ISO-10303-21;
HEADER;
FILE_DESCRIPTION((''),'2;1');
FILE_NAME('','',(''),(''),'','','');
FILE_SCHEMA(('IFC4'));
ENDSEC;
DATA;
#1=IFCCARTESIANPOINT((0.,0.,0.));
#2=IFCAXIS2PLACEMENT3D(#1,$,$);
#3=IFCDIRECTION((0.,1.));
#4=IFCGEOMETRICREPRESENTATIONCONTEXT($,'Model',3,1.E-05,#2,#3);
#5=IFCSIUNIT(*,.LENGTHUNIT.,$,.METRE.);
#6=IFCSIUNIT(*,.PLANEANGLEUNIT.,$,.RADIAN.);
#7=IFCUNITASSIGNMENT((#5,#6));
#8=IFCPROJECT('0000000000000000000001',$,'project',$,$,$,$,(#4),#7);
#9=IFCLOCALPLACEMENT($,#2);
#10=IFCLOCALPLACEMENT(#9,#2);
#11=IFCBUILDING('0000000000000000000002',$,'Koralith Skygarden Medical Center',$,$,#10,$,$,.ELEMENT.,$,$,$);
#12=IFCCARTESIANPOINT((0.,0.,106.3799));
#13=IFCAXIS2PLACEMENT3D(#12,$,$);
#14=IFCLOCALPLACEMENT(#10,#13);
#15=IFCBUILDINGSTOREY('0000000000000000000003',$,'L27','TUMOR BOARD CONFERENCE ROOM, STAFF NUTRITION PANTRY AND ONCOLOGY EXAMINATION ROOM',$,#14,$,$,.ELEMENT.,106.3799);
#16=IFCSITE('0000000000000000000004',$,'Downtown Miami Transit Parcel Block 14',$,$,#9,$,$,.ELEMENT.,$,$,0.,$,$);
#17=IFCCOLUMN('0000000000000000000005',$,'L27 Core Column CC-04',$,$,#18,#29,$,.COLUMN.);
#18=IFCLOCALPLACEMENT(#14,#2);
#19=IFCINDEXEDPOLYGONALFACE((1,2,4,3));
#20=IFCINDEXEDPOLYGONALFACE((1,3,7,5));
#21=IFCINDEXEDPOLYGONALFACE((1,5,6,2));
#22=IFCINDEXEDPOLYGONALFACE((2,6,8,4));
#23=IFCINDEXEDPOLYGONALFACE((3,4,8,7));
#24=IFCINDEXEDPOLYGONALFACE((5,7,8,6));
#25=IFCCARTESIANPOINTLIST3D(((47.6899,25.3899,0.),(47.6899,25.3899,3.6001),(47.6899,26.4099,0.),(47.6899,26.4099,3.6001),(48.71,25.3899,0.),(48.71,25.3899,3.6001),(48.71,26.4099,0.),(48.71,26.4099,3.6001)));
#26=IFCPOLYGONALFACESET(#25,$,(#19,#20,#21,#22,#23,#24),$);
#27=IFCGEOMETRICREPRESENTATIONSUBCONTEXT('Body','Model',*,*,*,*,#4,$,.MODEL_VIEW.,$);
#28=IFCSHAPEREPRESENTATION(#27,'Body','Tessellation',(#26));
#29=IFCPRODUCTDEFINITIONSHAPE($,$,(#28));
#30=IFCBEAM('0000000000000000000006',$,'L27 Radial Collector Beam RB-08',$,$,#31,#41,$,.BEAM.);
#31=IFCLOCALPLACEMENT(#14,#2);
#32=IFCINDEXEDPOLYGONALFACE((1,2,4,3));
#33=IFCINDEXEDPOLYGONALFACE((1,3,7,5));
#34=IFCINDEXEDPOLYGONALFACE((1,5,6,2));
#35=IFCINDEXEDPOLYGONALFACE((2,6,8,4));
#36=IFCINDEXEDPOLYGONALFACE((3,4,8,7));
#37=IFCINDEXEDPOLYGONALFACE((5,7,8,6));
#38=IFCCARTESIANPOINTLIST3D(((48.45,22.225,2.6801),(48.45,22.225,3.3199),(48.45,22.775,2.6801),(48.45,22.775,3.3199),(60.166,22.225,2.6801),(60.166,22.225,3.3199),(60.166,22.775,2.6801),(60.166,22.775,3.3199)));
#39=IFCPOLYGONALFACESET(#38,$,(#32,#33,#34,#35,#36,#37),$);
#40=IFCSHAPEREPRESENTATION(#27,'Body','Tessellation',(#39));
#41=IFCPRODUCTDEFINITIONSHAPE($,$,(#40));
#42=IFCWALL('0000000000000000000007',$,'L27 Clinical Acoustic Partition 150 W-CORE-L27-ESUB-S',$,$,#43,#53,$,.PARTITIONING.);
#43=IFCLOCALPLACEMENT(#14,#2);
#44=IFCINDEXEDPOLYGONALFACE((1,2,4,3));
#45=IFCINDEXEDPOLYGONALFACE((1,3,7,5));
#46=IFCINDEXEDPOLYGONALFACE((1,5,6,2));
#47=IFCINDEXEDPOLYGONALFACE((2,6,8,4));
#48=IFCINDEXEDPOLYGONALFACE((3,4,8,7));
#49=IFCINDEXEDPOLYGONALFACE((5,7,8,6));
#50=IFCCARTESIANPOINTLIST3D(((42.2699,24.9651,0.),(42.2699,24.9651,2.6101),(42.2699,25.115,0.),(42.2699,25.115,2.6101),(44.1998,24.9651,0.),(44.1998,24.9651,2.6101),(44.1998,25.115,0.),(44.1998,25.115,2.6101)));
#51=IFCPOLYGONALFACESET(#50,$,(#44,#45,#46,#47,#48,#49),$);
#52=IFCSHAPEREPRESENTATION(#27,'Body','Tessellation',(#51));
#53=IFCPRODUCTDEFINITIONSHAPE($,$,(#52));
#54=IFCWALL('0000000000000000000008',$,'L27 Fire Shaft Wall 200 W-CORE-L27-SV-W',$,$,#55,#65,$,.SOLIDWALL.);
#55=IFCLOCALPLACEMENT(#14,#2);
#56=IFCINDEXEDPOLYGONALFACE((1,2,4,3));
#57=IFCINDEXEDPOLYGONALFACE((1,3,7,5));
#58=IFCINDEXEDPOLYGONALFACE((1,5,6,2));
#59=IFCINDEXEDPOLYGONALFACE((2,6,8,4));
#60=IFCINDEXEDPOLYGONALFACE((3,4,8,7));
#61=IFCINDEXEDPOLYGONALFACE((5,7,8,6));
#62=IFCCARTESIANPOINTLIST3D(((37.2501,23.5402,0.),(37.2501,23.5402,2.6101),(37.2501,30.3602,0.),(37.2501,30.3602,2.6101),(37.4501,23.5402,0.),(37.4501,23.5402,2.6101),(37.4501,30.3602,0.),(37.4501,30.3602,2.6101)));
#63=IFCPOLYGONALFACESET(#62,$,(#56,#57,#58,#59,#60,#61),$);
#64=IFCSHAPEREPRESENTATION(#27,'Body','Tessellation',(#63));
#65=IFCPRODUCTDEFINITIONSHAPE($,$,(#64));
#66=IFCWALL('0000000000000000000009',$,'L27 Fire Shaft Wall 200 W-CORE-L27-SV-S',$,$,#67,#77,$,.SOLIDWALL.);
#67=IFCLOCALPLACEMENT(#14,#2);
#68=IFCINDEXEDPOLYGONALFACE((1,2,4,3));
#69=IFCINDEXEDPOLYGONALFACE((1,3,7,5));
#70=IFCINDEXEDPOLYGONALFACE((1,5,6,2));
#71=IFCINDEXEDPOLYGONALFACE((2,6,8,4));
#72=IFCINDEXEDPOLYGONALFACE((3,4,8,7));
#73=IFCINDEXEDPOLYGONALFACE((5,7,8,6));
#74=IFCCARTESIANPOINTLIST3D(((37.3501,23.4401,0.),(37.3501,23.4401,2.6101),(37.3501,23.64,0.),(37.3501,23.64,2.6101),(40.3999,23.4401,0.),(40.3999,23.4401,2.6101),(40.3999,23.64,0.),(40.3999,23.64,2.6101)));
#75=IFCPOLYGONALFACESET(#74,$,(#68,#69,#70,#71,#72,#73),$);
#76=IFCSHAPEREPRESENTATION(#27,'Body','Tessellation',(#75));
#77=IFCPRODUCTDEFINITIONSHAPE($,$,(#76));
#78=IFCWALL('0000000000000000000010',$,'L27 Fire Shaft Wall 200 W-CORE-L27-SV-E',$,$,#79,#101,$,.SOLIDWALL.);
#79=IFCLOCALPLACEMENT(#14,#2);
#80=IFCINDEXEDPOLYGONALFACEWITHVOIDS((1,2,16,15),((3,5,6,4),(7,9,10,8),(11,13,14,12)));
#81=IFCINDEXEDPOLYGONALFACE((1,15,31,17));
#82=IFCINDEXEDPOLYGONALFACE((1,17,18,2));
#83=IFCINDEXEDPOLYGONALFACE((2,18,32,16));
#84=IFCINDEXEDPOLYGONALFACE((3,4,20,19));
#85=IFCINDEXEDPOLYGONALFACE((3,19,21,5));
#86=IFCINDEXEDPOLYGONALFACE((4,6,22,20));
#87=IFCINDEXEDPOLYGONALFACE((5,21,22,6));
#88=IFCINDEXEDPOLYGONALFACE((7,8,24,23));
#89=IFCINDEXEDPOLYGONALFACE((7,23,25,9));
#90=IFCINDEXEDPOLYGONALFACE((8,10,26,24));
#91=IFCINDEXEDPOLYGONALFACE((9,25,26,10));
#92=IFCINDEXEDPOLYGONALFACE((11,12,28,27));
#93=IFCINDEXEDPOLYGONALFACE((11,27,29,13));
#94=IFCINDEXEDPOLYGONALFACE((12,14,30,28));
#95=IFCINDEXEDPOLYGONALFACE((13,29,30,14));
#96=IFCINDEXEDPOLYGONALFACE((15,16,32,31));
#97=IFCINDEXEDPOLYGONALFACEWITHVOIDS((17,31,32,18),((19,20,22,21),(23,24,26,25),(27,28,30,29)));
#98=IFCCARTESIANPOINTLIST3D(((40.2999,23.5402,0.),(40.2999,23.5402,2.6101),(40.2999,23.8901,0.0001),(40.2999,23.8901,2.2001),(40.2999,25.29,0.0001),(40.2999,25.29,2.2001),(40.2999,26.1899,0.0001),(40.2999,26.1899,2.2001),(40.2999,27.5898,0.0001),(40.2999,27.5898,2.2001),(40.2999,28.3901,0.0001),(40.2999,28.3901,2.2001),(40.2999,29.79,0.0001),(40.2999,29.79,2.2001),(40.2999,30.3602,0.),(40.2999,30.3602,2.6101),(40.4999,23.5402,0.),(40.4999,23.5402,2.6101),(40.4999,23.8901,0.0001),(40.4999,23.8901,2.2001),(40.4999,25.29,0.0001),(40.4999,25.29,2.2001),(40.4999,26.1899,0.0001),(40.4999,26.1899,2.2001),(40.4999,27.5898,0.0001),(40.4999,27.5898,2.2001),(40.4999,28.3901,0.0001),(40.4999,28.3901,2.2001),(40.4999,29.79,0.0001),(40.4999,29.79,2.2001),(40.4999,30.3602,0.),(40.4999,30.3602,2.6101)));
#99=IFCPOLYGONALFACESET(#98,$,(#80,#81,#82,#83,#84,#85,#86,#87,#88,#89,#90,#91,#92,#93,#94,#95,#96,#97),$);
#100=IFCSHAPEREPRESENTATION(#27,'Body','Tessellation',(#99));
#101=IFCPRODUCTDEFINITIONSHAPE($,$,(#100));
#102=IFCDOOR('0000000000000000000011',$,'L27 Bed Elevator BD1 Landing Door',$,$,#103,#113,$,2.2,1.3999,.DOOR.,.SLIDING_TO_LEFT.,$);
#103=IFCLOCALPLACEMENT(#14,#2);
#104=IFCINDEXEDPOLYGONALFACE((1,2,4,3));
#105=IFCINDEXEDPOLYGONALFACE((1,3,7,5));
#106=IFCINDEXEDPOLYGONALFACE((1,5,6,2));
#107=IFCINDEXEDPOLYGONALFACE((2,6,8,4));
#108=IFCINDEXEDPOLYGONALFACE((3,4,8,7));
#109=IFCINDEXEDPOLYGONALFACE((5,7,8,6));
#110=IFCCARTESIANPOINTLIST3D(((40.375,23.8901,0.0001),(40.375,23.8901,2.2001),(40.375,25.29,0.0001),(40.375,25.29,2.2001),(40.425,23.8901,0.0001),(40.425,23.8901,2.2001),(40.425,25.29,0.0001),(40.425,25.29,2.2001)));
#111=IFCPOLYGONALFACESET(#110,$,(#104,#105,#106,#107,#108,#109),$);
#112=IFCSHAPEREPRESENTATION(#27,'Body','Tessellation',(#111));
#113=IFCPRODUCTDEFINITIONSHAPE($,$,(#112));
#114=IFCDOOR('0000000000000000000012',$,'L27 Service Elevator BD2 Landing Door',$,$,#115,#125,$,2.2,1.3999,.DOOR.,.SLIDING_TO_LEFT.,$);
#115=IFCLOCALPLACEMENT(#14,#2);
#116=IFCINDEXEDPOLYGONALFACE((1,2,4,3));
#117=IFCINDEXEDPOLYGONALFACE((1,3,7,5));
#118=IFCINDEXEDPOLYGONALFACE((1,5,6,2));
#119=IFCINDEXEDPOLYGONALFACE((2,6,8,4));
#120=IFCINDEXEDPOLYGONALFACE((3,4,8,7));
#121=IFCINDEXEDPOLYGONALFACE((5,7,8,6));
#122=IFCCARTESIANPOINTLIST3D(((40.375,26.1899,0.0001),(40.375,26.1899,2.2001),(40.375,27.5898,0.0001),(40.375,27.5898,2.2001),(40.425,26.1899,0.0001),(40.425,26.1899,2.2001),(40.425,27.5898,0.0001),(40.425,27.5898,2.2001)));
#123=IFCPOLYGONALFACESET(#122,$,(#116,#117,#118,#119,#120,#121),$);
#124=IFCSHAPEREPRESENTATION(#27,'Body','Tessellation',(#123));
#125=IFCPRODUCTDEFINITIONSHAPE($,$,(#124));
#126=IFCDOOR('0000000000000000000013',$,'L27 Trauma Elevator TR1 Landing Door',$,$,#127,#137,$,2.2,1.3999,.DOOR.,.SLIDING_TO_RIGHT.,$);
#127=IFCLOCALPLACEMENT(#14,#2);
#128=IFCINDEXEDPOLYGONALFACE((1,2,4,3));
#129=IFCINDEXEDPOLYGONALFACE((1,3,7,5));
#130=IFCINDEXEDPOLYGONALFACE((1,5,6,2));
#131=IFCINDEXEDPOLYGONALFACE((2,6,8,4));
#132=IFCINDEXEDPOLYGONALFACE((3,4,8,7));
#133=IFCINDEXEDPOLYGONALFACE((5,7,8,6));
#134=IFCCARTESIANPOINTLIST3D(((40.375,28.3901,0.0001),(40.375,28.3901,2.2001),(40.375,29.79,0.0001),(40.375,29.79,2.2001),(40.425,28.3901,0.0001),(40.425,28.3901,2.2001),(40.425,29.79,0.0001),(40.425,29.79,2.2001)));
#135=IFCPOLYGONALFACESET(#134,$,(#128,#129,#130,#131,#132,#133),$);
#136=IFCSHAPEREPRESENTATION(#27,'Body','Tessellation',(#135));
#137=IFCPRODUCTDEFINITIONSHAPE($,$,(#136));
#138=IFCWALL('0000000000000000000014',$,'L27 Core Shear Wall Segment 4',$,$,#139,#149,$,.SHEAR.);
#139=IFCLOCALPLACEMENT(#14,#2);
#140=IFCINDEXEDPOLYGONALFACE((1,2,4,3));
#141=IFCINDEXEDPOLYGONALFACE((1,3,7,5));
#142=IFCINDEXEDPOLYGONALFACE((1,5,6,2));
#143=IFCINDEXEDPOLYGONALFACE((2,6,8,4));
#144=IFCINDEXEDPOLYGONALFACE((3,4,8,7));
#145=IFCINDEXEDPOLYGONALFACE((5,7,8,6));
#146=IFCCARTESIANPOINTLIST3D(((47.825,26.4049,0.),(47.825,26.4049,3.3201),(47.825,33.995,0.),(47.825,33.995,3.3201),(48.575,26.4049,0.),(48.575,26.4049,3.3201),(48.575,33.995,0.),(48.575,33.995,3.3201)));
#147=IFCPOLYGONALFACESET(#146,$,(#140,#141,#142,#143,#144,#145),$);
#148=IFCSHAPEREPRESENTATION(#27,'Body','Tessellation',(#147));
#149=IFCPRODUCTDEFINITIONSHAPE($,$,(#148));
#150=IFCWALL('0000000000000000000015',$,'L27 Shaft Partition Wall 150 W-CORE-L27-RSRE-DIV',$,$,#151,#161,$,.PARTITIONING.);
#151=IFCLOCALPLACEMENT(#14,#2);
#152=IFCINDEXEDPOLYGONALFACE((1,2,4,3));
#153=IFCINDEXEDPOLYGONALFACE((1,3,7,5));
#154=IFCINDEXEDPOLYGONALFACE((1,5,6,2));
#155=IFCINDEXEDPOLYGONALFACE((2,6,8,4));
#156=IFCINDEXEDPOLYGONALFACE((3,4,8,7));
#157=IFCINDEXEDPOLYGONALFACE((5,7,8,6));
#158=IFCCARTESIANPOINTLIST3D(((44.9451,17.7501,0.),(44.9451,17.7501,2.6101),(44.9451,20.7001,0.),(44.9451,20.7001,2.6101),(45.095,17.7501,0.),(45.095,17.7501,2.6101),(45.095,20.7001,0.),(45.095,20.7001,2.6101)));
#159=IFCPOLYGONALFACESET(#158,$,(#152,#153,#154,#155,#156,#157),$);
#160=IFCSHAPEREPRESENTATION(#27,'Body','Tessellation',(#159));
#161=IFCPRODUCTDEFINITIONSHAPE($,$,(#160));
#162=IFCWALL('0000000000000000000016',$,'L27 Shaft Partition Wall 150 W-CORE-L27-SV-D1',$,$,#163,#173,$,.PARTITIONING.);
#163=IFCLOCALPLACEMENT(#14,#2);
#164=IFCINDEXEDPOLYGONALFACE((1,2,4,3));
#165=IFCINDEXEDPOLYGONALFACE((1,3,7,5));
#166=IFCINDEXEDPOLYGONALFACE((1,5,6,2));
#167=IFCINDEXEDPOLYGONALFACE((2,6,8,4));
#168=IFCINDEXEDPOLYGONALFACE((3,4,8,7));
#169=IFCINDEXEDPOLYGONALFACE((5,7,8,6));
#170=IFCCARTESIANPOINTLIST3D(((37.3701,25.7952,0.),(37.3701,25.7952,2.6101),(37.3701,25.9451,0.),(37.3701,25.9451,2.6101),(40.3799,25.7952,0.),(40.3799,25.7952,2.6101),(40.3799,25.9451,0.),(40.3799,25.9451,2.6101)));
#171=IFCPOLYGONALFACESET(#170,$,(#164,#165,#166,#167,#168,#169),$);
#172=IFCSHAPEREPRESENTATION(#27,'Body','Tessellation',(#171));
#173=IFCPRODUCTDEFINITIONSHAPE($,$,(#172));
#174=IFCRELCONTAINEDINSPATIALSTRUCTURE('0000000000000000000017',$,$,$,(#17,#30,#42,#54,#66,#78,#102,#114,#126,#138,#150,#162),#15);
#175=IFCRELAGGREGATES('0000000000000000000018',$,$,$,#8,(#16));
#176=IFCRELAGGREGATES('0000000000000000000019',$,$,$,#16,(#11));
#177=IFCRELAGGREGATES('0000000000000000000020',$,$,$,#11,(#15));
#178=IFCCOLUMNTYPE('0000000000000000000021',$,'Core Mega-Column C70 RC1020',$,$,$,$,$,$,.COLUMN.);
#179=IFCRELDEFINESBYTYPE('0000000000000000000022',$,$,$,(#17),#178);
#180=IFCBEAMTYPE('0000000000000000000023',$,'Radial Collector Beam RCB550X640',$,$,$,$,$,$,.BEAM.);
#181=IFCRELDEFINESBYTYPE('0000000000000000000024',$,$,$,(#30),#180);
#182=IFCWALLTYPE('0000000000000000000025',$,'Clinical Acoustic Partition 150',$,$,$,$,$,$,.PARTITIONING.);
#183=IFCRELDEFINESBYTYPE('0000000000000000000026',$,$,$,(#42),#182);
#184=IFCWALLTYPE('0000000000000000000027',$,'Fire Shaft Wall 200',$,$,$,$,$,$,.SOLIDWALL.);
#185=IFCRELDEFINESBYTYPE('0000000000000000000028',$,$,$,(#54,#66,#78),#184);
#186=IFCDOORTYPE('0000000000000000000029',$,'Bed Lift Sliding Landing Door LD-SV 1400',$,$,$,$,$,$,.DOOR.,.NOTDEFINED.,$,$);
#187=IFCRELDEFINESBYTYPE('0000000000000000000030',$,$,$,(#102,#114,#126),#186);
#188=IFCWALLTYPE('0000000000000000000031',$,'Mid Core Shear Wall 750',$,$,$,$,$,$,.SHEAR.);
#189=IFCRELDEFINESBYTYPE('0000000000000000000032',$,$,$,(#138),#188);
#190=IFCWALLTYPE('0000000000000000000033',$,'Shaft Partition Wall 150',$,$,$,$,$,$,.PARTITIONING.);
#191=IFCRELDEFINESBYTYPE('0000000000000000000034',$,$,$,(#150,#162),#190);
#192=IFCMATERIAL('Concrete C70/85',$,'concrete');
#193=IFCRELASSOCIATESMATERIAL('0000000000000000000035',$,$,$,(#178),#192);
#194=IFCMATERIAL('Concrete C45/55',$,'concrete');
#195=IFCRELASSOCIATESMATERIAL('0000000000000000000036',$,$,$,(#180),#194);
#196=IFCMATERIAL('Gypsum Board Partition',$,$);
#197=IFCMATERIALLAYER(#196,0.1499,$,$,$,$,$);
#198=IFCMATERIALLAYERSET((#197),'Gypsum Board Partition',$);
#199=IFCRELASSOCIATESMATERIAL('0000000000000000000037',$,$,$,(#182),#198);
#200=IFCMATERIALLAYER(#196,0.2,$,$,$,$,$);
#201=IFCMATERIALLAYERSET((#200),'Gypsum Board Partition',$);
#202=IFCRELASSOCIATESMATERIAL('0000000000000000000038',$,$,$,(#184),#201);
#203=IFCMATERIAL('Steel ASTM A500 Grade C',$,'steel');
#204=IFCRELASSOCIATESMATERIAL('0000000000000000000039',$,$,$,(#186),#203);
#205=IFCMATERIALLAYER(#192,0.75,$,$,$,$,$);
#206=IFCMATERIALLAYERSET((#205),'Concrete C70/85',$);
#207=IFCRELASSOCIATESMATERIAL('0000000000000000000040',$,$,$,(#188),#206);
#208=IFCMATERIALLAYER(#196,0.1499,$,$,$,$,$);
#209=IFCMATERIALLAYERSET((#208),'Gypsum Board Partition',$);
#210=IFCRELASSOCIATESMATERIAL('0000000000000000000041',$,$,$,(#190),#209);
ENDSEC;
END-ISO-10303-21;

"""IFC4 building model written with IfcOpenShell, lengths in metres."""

from ifc_helpers import new_model, si_unit, direction, frame, frame_2d, origin, origin_2d, place, context, subcontext, project, spatial, rectangle, extrude, material, layer, layer_set, material_profile, profile_set, type_object, element, fill, save


model = new_model("IFC4")

# Units and contexts
model_context = context("Model", 3, precision=1e-05, world=origin(), true_north=direction((0.0, 1.0)))
body_context = subcontext(model_context, "Body", "Model", "MODEL_VIEW")
ifc_project = project(units=[si_unit("LENGTHUNIT", "METRE"), si_unit("PLANEANGLEUNIT", "RADIAN")], contexts=[model_context])

# Site, building, storey
site_placement = place(None, origin())
site = spatial("IfcSite", under=ifc_project, at=site_placement, Name="Downtown Miami Transit Parcel Block 14", CompositionType="ELEMENT", RefElevation=0.0)
building_placement = place(site_placement, origin())
building = spatial("IfcBuilding", under=site, at=building_placement, Name="Koralith Skygarden Medical Center", CompositionType="ELEMENT")
storey_placement = place(building_placement, frame((0.0, 0.0, 106.3799)))
storey = spatial("IfcBuildingStorey", under=building, at=storey_placement, Name="L27", Description="TUMOR BOARD CONFERENCE ROOM, STAFF NUTRITION PANTRY AND ONCOLOGY EXAMINATION ROOM", CompositionType="ELEMENT", Elevation=106.3799)

# Column
ifc_material_1 = material(Name="Concrete C70/85", Category="concrete")
ifc_material_profile_1 = material_profile(ifc_material_1, rectangle(XDim=1.02, YDim=1.02, at=origin_2d()), Name="RC1020X1020")
ifc_profile_set_1 = profile_set([ifc_material_profile_1], Name="Concrete C70/85")
column_type = type_object("IfcColumnType", Name="Core Mega-Column C70 RC1020", PredefinedType="COLUMN", material=ifc_profile_set_1)
column_placement = place(storey_placement, frame((48.2, 25.8999, 0.0), z_axis=(0.0, 0.0, 1.0), x_axis=(1.0, 0.0, 0.0)))
element("IfcColumn", 1, at=column_placement, inside=storey, type_object=column_type, Name="L27 Core Column CC-04", PredefinedType="COLUMN", context=body_context, shape_type="SweptSolid", body=[
    extrude(rectangle(XDim=1.02, YDim=1.02, at=origin_2d()), origin(), (0.0, 0.0, 1.0), 3.6001),
])

# Beam
ifc_material_2 = material(Name="Concrete C45/55", Category="concrete")
ifc_material_profile_2 = material_profile(ifc_material_2, rectangle(XDim=0.55, YDim=0.6399, at=origin_2d()), Name="RCB550X640")
ifc_profile_set_2 = profile_set([ifc_material_profile_2], Name="Concrete C45/55")
beam_type = type_object("IfcBeamType", Name="Radial Collector Beam RCB550X640", PredefinedType="BEAM", material=ifc_profile_set_2)
beam_placement = place(storey_placement, frame((48.45, 22.5, 3.0), z_axis=(1.0, 0.0, 0.0), x_axis=(0.0, 1.0, 0.0)))
element("IfcBeam", 2, at=beam_placement, inside=storey, type_object=beam_type, Name="L27 Radial Collector Beam RB-08", PredefinedType="BEAM", context=body_context, shape_type="SweptSolid", body=[
    extrude(rectangle(XDim=0.55, YDim=0.6399, at=origin_2d()), origin(), (0.0, 0.0, 1.0), 11.7161),
])

# Shared definitions
ifc_material_3 = material(Name="Gypsum Board Partition")
ifc_layer_1 = layer(ifc_material_3, 0.1499)
ifc_layer_set_1 = layer_set([ifc_layer_1], Name="Gypsum Board Partition")
wall_type_1 = type_object("IfcWallType", Name="Clinical Acoustic Partition 150", PredefinedType="PARTITIONING", material=ifc_layer_set_1)

# Wall
wall_1_placement = place(storey_placement, frame((42.27, 25.04, 0.0), z_axis=(0.0, 0.0, 1.0), x_axis=(1.0, 0.0, 0.0)))
element("IfcWall", 3, at=wall_1_placement, inside=storey, type_object=wall_type_1, Name="L27 Clinical Acoustic Partition 150 W-CORE-L27-ESUB-S", PredefinedType="PARTITIONING", context=body_context, shape_type="SweptSolid", body=[
    extrude(rectangle(XDim=1.9299, YDim=0.1499, at=frame_2d((0.9648, 0.0))), origin(), (0.0, 0.0, 1.0), 2.6101),
])

# Shared definitions
ifc_layer_2 = layer(ifc_material_3, 0.2)
ifc_layer_set_2 = layer_set([ifc_layer_2], Name="Gypsum Board Partition")
wall_type_2 = type_object("IfcWallType", Name="Fire Shaft Wall 200", PredefinedType="SOLIDWALL", material=ifc_layer_set_2)
ifc_material_4 = material(Name="Steel ASTM A500 Grade C", Category="steel")

# Walls
wall_2_placement = place(storey_placement, frame((37.3501, 23.54, 0.0), z_axis=(0.0, 0.0, 1.0), x_axis=(0.0, 1.0, 0.0)))
element("IfcWall", 4, at=wall_2_placement, inside=storey, type_object=wall_type_2, Name="L27 Fire Shaft Wall 200 W-CORE-L27-SV-W", PredefinedType="SOLIDWALL", context=body_context, shape_type="SweptSolid", body=[
    extrude(rectangle(XDim=6.8201, YDim=0.2, at=frame_2d((3.4102, 0.0))), origin(), (0.0, 0.0, 1.0), 2.6101),
])
wall_3_placement = place(storey_placement, frame((37.3501, 23.54, 0.0), z_axis=(0.0, 0.0, 1.0), x_axis=(1.0, 0.0, 0.0)))
element("IfcWall", 5, at=wall_3_placement, inside=storey, type_object=wall_type_2, Name="L27 Fire Shaft Wall 200 W-CORE-L27-SV-S", PredefinedType="SOLIDWALL", context=body_context, shape_type="SweptSolid", body=[
    extrude(rectangle(XDim=3.0498, YDim=0.2, at=frame_2d((1.5249, 0.0))), origin(), (0.0, 0.0, 1.0), 2.6101),
])

# Wall, openings, doors
wall_4_placement = place(storey_placement, frame((40.3999, 23.54, 0.0), z_axis=(0.0, 0.0, 1.0), x_axis=(0.0, 1.0, 0.0)))
wall_4 = element("IfcWall", 6, at=wall_4_placement, inside=storey, type_object=wall_type_2, Name="L27 Fire Shaft Wall 200 W-CORE-L27-SV-E", PredefinedType="SOLIDWALL", context=body_context, shape_type="SweptSolid", body=[
    extrude(rectangle(XDim=6.8201, YDim=0.2, at=frame_2d((3.4102, 0.0))), origin(), (0.0, 0.0, 1.0), 2.6101),
])
opening_1_placement = place(wall_4_placement, frame((0.3501, 0.0, 0.0)))
opening_1 = element("IfcOpeningElement", 7, at=opening_1_placement, cuts=wall_4, PredefinedType="OPENING", context=body_context, shape_type="SweptSolid", body=[
    extrude(rectangle(XDim=1.3999, YDim=2.2, at=frame_2d((0.7, 1.1001))), frame((0.0, 0.1099, 0.0), z_axis=(0.0, -1.0, 0.0), x_axis=(1.0, 0.0, 0.0)), (0.0, 0.0, 1.0), 0.22),
])
opening_2_placement = place(wall_4_placement, frame((2.6499, 0.0, 0.0)))
opening_2 = element("IfcOpeningElement", 8, at=opening_2_placement, cuts=wall_4, PredefinedType="OPENING", context=body_context, shape_type="SweptSolid", body=[
    extrude(rectangle(XDim=1.3999, YDim=2.2, at=frame_2d((0.7, 1.1001))), frame((0.0, 0.1099, 0.0), z_axis=(0.0, -1.0, 0.0), x_axis=(1.0, 0.0, 0.0)), (0.0, 0.0, 1.0), 0.22),
])
opening_3_placement = place(wall_4_placement, frame((4.8501, 0.0, 0.0)))
opening_3 = element("IfcOpeningElement", 9, at=opening_3_placement, cuts=wall_4, PredefinedType="OPENING", context=body_context, shape_type="SweptSolid", body=[
    extrude(rectangle(XDim=1.3999, YDim=2.2, at=frame_2d((0.7, 1.1001))), frame((0.0, 0.1099, 0.0), z_axis=(0.0, -1.0, 0.0), x_axis=(1.0, 0.0, 0.0)), (0.0, 0.0, 1.0), 0.22),
])
door_type_1 = type_object("IfcDoorType", Name="Bed Lift Sliding Landing Door LD-SV 1400", OperationType="NOTDEFINED", PredefinedType="DOOR", material=ifc_material_4)
door_1_placement = place(opening_1_placement, origin())
door_1 = element("IfcDoor", 10, at=door_1_placement, inside=storey, type_object=door_type_1, Name="L27 Bed Elevator BD1 Landing Door", OperationType="SLIDING_TO_LEFT", OverallHeight=2.2, OverallWidth=1.3999, PredefinedType="DOOR", context=body_context, shape_type="SweptSolid", body=[
    extrude(rectangle(XDim=1.3999, YDim=2.2, at=frame_2d((0.7, 1.1001))), frame((0.0, 0.0249, 0.0), z_axis=(0.0, -1.0, 0.0), x_axis=(1.0, 0.0, 0.0)), (0.0, 0.0, 1.0), 0.05),
])
fill(opening_1, door_1)
door_2_placement = place(opening_2_placement, origin())
door_2 = element("IfcDoor", 11, at=door_2_placement, inside=storey, type_object=door_type_1, Name="L27 Service Elevator BD2 Landing Door", OperationType="SLIDING_TO_LEFT", OverallHeight=2.2, OverallWidth=1.3999, PredefinedType="DOOR", context=body_context, shape_type="SweptSolid", body=[
    extrude(rectangle(XDim=1.3999, YDim=2.2, at=frame_2d((0.7, 1.1001))), frame((0.0, 0.0249, 0.0), z_axis=(0.0, -1.0, 0.0), x_axis=(1.0, 0.0, 0.0)), (0.0, 0.0, 1.0), 0.05),
])
fill(opening_2, door_2)
door_3_placement = place(opening_3_placement, origin())
door_3 = element("IfcDoor", 12, at=door_3_placement, inside=storey, type_object=door_type_1, Name="L27 Trauma Elevator TR1 Landing Door", OperationType="SLIDING_TO_RIGHT", OverallHeight=2.2, OverallWidth=1.3999, PredefinedType="DOOR", context=body_context, shape_type="SweptSolid", body=[
    extrude(rectangle(XDim=1.3999, YDim=2.2, at=frame_2d((0.7, 1.1001))), frame((0.0, 0.0249, 0.0), z_axis=(0.0, -1.0, 0.0), x_axis=(1.0, 0.0, 0.0)), (0.0, 0.0, 1.0), 0.05),
])
fill(opening_3, door_3)

# Shared definitions
ifc_layer_3 = layer(ifc_material_1, 0.75)
ifc_layer_set_3 = layer_set([ifc_layer_3], Name="Concrete C70/85")
wall_type_3 = type_object("IfcWallType", Name="Mid Core Shear Wall 750", PredefinedType="SHEAR", material=ifc_layer_set_3)

# Walls
wall_5_placement = place(storey_placement, frame((48.2, 26.405, 0.0), z_axis=(0.0, 0.0, 1.0), x_axis=(0.0, 1.0, 0.0)))
element("IfcWall", 13, at=wall_5_placement, inside=storey, type_object=wall_type_3, Name="L27 Core Shear Wall Segment 4", PredefinedType="SHEAR", context=body_context, shape_type="SweptSolid", body=[
    extrude(rectangle(XDim=7.5901, YDim=0.75, at=frame_2d((3.7949, 0.0))), origin(), (0.0, 0.0, 1.0), 3.3201),
])
ifc_layer_4 = layer(ifc_material_3, 0.1499)
ifc_layer_set_4 = layer_set([ifc_layer_4], Name="Gypsum Board Partition")
wall_type_4 = type_object("IfcWallType", Name="Shaft Partition Wall 150", PredefinedType="PARTITIONING", material=ifc_layer_set_4)
wall_6_placement = place(storey_placement, frame((45.02, 17.75, 0.0), z_axis=(0.0, 0.0, 1.0), x_axis=(0.0, 1.0, 0.0)))
element("IfcWall", 14, at=wall_6_placement, inside=storey, type_object=wall_type_4, Name="L27 Shaft Partition Wall 150 W-CORE-L27-RSRE-DIV", PredefinedType="PARTITIONING", context=body_context, shape_type="SweptSolid", body=[
    extrude(rectangle(XDim=2.95, YDim=0.1499, at=frame_2d((1.4751, 0.0))), origin(), (0.0, 0.0, 1.0), 2.6101),
])
wall_7_placement = place(storey_placement, frame((37.3701, 25.8701, 0.0), z_axis=(0.0, 0.0, 1.0), x_axis=(1.0, 0.0, 0.0)))
element("IfcWall", 15, at=wall_7_placement, inside=storey, type_object=wall_type_4, Name="L27 Shaft Partition Wall 150 W-CORE-L27-SV-D1", PredefinedType="PARTITIONING", context=body_context, shape_type="SweptSolid", body=[
    extrude(rectangle(XDim=3.0098, YDim=0.1499, at=frame_2d((1.5049, 0.0))), origin(), (0.0, 0.0, 1.0), 2.6101),
])

save(model, "model.ifc")
